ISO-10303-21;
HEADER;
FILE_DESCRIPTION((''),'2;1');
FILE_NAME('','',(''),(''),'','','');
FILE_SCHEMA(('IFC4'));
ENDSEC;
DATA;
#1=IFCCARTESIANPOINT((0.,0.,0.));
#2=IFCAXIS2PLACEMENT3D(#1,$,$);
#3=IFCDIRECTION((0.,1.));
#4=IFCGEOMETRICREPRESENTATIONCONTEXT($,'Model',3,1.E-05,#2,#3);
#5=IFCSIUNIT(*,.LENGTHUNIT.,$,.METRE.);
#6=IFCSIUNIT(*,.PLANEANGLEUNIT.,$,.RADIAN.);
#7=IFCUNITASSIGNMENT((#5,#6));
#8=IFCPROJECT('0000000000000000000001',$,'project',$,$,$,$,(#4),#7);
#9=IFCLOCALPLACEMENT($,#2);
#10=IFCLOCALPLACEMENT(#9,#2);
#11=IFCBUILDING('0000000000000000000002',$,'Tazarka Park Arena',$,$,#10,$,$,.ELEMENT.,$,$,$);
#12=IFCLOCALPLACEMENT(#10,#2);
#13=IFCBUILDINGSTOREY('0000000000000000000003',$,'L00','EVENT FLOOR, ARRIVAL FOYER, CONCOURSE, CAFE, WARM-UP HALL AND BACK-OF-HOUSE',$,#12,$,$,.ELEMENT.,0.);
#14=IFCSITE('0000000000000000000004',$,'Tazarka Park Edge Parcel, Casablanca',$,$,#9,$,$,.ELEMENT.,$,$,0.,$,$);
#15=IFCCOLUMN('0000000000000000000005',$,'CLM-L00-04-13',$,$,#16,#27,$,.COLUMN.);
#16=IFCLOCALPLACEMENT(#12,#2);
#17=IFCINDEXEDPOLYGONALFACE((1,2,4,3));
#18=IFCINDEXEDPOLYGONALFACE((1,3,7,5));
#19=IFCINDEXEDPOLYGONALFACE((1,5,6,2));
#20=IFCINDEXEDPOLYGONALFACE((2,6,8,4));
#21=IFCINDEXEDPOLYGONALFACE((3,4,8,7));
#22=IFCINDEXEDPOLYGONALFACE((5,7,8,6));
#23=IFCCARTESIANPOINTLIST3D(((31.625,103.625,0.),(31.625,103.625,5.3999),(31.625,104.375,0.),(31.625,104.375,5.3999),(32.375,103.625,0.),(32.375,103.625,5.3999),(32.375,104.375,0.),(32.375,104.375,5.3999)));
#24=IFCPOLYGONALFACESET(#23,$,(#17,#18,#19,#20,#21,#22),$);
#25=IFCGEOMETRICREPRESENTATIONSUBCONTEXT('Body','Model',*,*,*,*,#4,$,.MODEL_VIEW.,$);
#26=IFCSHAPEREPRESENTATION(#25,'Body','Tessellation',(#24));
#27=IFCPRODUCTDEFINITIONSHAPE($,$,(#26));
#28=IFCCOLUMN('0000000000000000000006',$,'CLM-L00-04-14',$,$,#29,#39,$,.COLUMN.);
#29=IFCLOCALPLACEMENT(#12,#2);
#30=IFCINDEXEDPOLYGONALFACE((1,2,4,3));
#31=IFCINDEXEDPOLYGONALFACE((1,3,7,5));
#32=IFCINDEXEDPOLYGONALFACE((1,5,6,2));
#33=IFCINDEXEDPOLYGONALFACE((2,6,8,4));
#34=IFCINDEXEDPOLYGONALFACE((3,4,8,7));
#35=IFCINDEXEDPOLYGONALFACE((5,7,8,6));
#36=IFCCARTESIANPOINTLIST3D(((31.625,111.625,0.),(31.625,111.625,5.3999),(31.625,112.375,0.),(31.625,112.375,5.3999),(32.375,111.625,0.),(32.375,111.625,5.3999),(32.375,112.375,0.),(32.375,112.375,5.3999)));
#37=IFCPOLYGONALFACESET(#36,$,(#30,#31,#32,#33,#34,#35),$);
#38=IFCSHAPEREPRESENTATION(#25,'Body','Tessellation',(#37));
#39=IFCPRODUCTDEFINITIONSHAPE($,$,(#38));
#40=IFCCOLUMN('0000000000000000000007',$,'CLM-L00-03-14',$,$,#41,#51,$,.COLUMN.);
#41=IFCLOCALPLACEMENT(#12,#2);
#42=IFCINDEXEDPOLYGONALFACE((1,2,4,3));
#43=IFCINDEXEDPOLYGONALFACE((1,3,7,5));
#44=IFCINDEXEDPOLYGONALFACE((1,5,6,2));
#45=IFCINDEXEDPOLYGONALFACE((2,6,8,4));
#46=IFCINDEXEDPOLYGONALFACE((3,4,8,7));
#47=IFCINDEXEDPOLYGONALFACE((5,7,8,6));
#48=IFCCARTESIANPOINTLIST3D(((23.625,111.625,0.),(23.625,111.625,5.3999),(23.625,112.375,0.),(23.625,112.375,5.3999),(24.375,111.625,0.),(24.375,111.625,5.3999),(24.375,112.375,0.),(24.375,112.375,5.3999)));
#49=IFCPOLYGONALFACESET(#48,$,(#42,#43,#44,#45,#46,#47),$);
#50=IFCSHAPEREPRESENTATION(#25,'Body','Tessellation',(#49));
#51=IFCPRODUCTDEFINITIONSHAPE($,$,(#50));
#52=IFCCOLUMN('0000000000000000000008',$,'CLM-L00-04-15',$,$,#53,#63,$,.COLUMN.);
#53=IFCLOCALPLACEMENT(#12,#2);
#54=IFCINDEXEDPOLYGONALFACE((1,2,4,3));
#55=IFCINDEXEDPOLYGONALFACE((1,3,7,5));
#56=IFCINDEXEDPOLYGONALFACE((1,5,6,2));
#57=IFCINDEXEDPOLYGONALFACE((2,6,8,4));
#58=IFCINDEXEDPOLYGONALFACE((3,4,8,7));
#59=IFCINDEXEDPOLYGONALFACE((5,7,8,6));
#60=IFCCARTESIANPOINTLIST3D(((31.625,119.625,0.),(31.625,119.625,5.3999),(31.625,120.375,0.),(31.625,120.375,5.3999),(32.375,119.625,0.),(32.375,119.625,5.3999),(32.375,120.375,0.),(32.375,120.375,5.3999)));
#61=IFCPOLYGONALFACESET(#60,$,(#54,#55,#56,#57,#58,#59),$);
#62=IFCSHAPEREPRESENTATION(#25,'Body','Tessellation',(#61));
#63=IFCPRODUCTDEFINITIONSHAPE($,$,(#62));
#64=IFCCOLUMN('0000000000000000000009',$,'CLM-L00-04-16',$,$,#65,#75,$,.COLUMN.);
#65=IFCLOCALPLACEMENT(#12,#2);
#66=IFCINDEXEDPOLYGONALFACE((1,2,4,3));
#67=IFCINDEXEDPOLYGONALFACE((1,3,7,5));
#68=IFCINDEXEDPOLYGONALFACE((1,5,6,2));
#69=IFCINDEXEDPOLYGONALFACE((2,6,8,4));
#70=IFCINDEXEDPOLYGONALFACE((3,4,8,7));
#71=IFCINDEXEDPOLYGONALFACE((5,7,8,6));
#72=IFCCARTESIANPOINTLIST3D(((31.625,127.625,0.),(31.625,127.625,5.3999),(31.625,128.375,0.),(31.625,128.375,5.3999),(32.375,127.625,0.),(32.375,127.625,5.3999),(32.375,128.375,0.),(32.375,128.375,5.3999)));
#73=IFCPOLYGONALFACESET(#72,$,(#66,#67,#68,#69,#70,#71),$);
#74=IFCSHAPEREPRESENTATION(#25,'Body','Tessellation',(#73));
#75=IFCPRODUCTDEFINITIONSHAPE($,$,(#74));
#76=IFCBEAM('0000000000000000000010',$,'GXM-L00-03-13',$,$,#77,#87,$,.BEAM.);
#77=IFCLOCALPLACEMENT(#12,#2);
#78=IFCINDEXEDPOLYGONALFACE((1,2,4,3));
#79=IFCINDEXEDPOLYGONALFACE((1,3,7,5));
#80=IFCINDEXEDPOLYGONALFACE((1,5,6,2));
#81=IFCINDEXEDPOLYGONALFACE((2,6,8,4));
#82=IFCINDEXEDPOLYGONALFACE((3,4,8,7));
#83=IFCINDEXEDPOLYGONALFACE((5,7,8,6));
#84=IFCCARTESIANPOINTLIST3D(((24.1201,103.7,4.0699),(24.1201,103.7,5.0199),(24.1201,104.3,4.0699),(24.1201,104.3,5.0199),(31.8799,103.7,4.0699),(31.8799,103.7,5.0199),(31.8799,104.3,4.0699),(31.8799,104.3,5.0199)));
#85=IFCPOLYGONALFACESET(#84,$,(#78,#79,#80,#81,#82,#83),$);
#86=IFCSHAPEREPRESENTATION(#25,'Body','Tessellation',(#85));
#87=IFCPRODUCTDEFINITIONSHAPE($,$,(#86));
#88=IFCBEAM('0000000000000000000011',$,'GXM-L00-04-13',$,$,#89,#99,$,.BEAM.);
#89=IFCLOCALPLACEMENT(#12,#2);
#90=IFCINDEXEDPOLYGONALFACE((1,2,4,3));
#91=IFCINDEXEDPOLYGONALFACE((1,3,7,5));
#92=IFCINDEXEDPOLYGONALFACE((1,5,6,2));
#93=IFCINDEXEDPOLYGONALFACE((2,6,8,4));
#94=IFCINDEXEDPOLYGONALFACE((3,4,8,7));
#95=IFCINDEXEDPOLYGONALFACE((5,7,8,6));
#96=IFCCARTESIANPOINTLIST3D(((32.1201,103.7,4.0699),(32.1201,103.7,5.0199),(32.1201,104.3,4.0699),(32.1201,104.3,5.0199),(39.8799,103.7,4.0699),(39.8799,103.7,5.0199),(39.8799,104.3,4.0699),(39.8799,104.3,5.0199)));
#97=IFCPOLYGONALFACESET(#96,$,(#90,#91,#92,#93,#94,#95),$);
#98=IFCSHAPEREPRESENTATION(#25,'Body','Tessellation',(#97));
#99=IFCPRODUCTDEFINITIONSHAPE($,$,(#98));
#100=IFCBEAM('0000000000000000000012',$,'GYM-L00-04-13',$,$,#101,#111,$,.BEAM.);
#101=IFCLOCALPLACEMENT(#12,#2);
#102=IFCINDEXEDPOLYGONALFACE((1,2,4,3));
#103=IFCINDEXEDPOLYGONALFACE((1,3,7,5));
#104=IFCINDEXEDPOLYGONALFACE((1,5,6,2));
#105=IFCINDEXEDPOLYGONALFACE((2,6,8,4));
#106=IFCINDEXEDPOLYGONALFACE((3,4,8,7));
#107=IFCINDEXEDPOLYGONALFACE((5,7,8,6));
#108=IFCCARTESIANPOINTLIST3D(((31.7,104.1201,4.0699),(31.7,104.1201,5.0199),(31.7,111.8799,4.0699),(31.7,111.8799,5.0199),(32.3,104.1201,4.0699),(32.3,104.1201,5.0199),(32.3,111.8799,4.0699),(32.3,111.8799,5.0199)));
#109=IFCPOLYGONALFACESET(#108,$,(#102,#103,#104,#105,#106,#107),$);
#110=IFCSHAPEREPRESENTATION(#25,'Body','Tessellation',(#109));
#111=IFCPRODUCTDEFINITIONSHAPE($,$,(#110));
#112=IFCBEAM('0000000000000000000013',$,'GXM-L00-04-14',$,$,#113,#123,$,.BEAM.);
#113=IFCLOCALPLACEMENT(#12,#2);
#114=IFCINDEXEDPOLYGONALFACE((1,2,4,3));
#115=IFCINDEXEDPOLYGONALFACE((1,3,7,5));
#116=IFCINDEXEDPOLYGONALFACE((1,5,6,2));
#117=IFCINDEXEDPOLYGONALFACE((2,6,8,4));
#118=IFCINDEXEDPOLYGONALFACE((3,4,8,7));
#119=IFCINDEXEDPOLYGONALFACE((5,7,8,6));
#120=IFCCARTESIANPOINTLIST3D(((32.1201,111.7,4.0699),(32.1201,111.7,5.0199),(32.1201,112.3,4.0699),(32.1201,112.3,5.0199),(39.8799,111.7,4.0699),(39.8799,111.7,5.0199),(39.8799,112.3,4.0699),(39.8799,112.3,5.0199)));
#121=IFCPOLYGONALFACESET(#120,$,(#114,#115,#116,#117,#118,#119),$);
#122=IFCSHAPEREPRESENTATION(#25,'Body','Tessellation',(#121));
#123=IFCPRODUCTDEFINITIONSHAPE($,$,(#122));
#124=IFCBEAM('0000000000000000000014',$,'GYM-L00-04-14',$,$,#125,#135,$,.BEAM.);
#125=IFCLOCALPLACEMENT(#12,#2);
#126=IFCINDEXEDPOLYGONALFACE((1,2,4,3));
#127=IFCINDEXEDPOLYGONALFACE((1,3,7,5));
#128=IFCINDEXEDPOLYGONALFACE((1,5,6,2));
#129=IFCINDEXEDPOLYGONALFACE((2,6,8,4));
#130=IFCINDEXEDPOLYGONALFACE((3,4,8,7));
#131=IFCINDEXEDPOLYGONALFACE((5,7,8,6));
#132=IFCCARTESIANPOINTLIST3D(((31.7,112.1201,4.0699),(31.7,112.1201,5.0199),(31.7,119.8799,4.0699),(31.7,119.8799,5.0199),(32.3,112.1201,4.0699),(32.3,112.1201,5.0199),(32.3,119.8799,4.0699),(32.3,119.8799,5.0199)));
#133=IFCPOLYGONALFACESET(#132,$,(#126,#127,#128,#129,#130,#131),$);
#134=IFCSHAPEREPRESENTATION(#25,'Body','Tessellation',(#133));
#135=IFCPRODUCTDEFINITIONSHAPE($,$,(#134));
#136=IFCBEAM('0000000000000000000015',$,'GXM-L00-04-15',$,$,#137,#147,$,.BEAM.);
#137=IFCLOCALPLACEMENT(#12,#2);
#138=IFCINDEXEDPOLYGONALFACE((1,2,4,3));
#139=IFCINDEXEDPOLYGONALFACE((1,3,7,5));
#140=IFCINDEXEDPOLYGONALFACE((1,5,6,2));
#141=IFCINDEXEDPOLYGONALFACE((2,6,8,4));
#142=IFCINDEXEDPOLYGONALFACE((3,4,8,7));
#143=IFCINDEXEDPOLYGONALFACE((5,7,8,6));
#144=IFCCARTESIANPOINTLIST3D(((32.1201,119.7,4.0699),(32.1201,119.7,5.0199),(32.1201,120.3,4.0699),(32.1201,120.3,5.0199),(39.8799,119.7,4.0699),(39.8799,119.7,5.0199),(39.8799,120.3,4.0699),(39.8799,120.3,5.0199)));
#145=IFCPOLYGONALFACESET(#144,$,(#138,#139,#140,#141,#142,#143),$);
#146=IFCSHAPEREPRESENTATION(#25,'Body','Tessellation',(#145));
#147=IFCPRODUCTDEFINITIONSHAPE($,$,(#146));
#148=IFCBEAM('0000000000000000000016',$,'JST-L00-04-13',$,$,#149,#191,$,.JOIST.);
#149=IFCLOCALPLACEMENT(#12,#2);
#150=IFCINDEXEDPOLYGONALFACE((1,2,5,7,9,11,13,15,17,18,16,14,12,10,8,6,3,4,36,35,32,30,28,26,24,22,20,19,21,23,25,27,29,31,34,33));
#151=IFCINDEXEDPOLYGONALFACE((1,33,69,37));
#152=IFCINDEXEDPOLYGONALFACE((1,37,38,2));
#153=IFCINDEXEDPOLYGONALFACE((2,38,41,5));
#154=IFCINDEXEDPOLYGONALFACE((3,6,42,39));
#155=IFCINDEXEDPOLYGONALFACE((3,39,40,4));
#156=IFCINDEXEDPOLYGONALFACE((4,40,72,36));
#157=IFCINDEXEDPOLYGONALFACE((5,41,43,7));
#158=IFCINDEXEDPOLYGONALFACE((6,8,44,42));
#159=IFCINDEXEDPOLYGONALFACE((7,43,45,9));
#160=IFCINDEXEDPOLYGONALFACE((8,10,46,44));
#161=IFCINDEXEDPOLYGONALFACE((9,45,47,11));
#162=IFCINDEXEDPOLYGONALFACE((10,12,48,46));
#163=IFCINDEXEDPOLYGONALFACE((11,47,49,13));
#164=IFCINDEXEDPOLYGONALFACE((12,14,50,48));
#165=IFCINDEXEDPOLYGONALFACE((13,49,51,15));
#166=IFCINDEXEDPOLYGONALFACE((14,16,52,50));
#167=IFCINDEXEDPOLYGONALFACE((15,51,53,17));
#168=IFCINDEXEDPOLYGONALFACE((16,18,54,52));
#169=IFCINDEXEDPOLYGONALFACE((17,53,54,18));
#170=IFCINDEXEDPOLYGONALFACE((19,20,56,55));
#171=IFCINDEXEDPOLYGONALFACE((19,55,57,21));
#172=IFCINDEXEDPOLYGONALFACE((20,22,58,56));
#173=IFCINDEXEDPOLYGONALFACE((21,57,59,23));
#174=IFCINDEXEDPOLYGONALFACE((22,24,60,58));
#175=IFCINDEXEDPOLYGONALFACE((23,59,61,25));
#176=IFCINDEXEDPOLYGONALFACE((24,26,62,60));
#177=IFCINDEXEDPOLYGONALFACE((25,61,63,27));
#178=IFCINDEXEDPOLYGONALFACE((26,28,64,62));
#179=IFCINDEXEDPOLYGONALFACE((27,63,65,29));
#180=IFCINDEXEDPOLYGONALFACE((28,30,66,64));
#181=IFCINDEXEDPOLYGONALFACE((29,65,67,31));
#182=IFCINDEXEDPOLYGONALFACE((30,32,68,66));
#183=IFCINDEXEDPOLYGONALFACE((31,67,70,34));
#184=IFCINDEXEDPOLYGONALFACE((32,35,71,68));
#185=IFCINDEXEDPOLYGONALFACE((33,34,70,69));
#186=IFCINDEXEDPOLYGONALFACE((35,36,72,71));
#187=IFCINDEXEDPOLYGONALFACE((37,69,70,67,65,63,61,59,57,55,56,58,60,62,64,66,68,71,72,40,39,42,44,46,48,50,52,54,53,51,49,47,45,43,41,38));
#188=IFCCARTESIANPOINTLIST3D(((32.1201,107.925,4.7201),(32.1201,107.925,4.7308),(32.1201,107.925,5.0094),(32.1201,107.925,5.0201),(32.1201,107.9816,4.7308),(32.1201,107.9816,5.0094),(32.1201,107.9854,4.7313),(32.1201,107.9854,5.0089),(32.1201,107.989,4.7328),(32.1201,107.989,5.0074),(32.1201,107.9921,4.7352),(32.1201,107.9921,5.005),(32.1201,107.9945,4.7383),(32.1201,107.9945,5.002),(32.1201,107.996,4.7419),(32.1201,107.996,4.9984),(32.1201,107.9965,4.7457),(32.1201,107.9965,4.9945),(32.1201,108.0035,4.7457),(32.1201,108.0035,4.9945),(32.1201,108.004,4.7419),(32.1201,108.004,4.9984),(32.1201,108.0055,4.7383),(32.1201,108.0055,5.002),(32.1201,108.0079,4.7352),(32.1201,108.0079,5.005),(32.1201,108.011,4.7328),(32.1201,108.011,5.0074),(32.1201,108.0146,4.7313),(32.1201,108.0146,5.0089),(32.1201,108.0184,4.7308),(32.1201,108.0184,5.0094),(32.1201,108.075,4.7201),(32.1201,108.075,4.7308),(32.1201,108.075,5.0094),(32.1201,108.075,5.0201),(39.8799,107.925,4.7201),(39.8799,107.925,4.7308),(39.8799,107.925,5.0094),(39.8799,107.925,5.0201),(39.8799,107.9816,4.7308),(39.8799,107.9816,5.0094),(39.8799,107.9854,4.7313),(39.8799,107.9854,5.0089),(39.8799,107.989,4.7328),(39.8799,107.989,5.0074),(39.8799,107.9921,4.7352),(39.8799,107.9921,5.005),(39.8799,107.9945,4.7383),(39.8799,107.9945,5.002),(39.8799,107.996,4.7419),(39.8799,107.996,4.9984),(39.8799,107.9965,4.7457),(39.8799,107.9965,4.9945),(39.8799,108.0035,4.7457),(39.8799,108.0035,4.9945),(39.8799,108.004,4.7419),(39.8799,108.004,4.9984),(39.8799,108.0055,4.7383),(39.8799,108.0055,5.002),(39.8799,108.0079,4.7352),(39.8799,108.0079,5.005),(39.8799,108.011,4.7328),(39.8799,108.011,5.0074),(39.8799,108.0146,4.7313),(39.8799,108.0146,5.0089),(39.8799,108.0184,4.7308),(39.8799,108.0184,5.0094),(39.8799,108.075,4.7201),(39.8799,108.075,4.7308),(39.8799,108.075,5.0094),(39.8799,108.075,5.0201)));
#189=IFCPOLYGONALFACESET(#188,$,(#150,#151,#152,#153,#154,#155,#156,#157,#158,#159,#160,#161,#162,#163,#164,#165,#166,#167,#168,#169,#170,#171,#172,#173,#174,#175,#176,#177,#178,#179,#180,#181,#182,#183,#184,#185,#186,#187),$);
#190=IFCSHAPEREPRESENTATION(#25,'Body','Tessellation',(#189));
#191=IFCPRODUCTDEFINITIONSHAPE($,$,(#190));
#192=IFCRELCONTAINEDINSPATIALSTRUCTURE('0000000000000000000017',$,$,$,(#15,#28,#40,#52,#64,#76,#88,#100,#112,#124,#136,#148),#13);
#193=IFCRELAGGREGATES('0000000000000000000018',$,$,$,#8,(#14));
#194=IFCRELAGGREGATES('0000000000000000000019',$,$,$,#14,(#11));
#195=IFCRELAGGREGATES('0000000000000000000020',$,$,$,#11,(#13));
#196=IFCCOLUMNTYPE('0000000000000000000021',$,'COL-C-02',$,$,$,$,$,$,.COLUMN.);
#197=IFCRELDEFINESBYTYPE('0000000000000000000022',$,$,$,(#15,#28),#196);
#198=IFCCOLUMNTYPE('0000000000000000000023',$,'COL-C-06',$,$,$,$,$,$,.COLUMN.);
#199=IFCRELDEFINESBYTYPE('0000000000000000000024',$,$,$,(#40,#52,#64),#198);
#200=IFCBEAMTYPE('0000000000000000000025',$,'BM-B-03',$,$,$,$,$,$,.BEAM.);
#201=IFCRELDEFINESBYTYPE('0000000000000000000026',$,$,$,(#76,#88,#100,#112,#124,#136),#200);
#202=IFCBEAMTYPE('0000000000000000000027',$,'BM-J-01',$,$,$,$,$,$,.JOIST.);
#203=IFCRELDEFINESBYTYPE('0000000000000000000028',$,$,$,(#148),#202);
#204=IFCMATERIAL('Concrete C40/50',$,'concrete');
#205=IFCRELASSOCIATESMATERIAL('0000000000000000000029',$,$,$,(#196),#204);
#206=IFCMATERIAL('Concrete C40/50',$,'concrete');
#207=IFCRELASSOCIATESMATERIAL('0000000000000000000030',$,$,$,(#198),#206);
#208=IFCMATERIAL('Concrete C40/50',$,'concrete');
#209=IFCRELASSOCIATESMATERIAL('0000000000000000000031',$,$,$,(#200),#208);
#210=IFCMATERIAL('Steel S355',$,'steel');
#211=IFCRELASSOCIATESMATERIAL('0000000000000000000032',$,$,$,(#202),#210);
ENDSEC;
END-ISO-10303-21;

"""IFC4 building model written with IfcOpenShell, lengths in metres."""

from ifc_helpers import new_model, si_unit, direction, frame, origin, origin_2d, place, context, subcontext, project, spatial, rectangle, i_section, extrude, material, material_profile, profile_set, type_object, element, save


model = new_model("IFC4")

# Units and contexts
model_context = context("Model", 3, precision=1e-05, world=origin(), true_north=direction((0.0, 1.0)))
body_context = subcontext(model_context, "Body", "Model", "MODEL_VIEW")
ifc_project = project(units=[si_unit("LENGTHUNIT", "METRE"), si_unit("PLANEANGLEUNIT", "RADIAN")], contexts=[model_context])

# Site, building, storey
site_placement = place(None, origin())
site = spatial("IfcSite", under=ifc_project, at=site_placement, Name="Tazarka Park Edge Parcel, Casablanca", CompositionType="ELEMENT", RefElevation=0.0)
building_placement = place(site_placement, origin())
building = spatial("IfcBuilding", under=site, at=building_placement, Name="Tazarka Park Arena", CompositionType="ELEMENT")
storey_placement = place(building_placement, origin())
storey = spatial("IfcBuildingStorey", under=building, at=storey_placement, Name="L00", Description="EVENT FLOOR, ARRIVAL FOYER, CONCOURSE, CAFE, WARM-UP HALL AND BACK-OF-HOUSE", CompositionType="ELEMENT", Elevation=0.0)

# Columns
ifc_material_1 = material(Name="Concrete C40/50", Category="concrete")
ifc_material_profile_1 = material_profile(ifc_material_1, rectangle(XDim=0.75, YDim=0.75, at=origin_2d()), Name="Concrete C40/50")
ifc_profile_set_1 = profile_set([ifc_material_profile_1], Name="Concrete C40/50")
column_type_1 = type_object("IfcColumnType", Name="COL-C-02", PredefinedType="COLUMN", material=ifc_profile_set_1)
for number, where, z_axis, x_axis, name in (
    (1, (32.0, 104.0, 0.0), (0.0, 0.0, 1.0), (1.0, 0.0, 0.0), "CLM-L00-04-13"),
    (2, (32.0, 112.0, 0.0), (0.0, 0.0, 1.0), (1.0, 0.0, 0.0), "CLM-L00-04-14"),
):
    element("IfcColumn", number, at=place(storey_placement, frame(where, z_axis=z_axis, x_axis=x_axis)), inside=storey, type_object=column_type_1, Name=name, PredefinedType="COLUMN", context=body_context, shape_type="SweptSolid", body=[
        extrude(rectangle(XDim=0.75, YDim=0.75, at=origin_2d()), origin(), (0.0, 0.0, 1.0), 5.3999),
    ])
ifc_material_2 = material(Name="Concrete C40/50", Category="concrete")
ifc_material_profile_2 = material_profile(ifc_material_2, rectangle(XDim=0.75, YDim=0.75, at=origin_2d()), Name="Concrete C40/50")
ifc_profile_set_2 = profile_set([ifc_material_profile_2], Name="Concrete C40/50")
column_type_2 = type_object("IfcColumnType", Name="COL-C-06", PredefinedType="COLUMN", material=ifc_profile_set_2)
for number, where, z_axis, x_axis, name in (
    (3, (24.0, 112.0, 0.0), (0.0, 0.0, 1.0), (1.0, 0.0, 0.0), "CLM-L00-03-14"),
    (4, (32.0, 120.0, 0.0), (0.0, 0.0, 1.0), (1.0, 0.0, 0.0), "CLM-L00-04-15"),
    (5, (32.0, 128.0, 0.0), (0.0, 0.0, 1.0), (1.0, 0.0, 0.0), "CLM-L00-04-16"),
):
    element("IfcColumn", number, at=place(storey_placement, frame(where, z_axis=z_axis, x_axis=x_axis)), inside=storey, type_object=column_type_2, Name=name, PredefinedType="COLUMN", context=body_context, shape_type="SweptSolid", body=[
        extrude(rectangle(XDim=0.75, YDim=0.75, at=origin_2d()), origin(), (0.0, 0.0, 1.0), 5.3999),
    ])

# Beams
ifc_material_3 = material(Name="Concrete C40/50", Category="concrete")
ifc_material_profile_3 = material_profile(ifc_material_3, rectangle(XDim=0.6001, YDim=0.95, at=origin_2d()), Name="Concrete C40/50")
ifc_profile_set_3 = profile_set([ifc_material_profile_3], Name="Concrete C40/50")
beam_type_1 = type_object("IfcBeamType", Name="BM-B-03", PredefinedType="BEAM", material=ifc_profile_set_3)
for number, where, z_axis, x_axis, name in (
    (6, (24.1201, 104.0, 4.5449), (1.0, 0.0, 0.0), (0.0, 1.0, 0.0), "GXM-L00-03-13"),
    (7, (32.1201, 104.0, 4.5449), (1.0, 0.0, 0.0), (0.0, 1.0, 0.0), "GXM-L00-04-13"),
    (8, (32.0, 104.1201, 4.5449), (0.0, 1.0, 0.0), (-1.0, 0.0, 0.0), "GYM-L00-04-13"),
    (9, (32.1201, 112.0, 4.5449), (1.0, 0.0, 0.0), (0.0, 1.0, 0.0), "GXM-L00-04-14"),
    (10, (32.0, 112.1201, 4.5449), (0.0, 1.0, 0.0), (-1.0, 0.0, 0.0), "GYM-L00-04-14"),
    (11, (32.1201, 120.0, 4.5449), (1.0, 0.0, 0.0), (0.0, 1.0, 0.0), "GXM-L00-04-15"),
):
    element("IfcBeam", number, at=place(storey_placement, frame(where, z_axis=z_axis, x_axis=x_axis)), inside=storey, type_object=beam_type_1, Name=name, PredefinedType="BEAM", context=body_context, shape_type="SweptSolid", body=[
        extrude(rectangle(XDim=0.6001, YDim=0.95, at=origin_2d()), origin(), (0.0, 0.0, 1.0), 7.7598),
    ])
ifc_material_4 = material(Name="Steel S355", Category="steel")
ifc_material_profile_4 = material_profile(ifc_material_4, i_section(OverallWidth=0.1499, OverallDepth=0.3, WebThickness=0.0071, FlangeThickness=0.0107, FilletRadius=0.0149, at=origin_2d()), Name="Steel S355")
ifc_profile_set_4 = profile_set([ifc_material_profile_4], Name="Steel S355")
beam_type_2 = type_object("IfcBeamType", Name="BM-J-01", PredefinedType="JOIST", material=ifc_profile_set_4)
beam_1_placement = place(storey_placement, frame((32.1201, 108.0, 4.8701), z_axis=(1.0, 0.0, 0.0), x_axis=(0.0, 1.0, 0.0)))
element("IfcBeam", 12, at=beam_1_placement, inside=storey, type_object=beam_type_2, Name="JST-L00-04-13", PredefinedType="JOIST", context=body_context, shape_type="SweptSolid", body=[
    extrude(i_section(OverallWidth=0.1499, OverallDepth=0.3, WebThickness=0.0071, FlangeThickness=0.0107, FilletRadius=0.0149, at=origin_2d()), origin(), (0.0, 0.0, 1.0), 7.7598),
])

save(model, "model.ifc")
